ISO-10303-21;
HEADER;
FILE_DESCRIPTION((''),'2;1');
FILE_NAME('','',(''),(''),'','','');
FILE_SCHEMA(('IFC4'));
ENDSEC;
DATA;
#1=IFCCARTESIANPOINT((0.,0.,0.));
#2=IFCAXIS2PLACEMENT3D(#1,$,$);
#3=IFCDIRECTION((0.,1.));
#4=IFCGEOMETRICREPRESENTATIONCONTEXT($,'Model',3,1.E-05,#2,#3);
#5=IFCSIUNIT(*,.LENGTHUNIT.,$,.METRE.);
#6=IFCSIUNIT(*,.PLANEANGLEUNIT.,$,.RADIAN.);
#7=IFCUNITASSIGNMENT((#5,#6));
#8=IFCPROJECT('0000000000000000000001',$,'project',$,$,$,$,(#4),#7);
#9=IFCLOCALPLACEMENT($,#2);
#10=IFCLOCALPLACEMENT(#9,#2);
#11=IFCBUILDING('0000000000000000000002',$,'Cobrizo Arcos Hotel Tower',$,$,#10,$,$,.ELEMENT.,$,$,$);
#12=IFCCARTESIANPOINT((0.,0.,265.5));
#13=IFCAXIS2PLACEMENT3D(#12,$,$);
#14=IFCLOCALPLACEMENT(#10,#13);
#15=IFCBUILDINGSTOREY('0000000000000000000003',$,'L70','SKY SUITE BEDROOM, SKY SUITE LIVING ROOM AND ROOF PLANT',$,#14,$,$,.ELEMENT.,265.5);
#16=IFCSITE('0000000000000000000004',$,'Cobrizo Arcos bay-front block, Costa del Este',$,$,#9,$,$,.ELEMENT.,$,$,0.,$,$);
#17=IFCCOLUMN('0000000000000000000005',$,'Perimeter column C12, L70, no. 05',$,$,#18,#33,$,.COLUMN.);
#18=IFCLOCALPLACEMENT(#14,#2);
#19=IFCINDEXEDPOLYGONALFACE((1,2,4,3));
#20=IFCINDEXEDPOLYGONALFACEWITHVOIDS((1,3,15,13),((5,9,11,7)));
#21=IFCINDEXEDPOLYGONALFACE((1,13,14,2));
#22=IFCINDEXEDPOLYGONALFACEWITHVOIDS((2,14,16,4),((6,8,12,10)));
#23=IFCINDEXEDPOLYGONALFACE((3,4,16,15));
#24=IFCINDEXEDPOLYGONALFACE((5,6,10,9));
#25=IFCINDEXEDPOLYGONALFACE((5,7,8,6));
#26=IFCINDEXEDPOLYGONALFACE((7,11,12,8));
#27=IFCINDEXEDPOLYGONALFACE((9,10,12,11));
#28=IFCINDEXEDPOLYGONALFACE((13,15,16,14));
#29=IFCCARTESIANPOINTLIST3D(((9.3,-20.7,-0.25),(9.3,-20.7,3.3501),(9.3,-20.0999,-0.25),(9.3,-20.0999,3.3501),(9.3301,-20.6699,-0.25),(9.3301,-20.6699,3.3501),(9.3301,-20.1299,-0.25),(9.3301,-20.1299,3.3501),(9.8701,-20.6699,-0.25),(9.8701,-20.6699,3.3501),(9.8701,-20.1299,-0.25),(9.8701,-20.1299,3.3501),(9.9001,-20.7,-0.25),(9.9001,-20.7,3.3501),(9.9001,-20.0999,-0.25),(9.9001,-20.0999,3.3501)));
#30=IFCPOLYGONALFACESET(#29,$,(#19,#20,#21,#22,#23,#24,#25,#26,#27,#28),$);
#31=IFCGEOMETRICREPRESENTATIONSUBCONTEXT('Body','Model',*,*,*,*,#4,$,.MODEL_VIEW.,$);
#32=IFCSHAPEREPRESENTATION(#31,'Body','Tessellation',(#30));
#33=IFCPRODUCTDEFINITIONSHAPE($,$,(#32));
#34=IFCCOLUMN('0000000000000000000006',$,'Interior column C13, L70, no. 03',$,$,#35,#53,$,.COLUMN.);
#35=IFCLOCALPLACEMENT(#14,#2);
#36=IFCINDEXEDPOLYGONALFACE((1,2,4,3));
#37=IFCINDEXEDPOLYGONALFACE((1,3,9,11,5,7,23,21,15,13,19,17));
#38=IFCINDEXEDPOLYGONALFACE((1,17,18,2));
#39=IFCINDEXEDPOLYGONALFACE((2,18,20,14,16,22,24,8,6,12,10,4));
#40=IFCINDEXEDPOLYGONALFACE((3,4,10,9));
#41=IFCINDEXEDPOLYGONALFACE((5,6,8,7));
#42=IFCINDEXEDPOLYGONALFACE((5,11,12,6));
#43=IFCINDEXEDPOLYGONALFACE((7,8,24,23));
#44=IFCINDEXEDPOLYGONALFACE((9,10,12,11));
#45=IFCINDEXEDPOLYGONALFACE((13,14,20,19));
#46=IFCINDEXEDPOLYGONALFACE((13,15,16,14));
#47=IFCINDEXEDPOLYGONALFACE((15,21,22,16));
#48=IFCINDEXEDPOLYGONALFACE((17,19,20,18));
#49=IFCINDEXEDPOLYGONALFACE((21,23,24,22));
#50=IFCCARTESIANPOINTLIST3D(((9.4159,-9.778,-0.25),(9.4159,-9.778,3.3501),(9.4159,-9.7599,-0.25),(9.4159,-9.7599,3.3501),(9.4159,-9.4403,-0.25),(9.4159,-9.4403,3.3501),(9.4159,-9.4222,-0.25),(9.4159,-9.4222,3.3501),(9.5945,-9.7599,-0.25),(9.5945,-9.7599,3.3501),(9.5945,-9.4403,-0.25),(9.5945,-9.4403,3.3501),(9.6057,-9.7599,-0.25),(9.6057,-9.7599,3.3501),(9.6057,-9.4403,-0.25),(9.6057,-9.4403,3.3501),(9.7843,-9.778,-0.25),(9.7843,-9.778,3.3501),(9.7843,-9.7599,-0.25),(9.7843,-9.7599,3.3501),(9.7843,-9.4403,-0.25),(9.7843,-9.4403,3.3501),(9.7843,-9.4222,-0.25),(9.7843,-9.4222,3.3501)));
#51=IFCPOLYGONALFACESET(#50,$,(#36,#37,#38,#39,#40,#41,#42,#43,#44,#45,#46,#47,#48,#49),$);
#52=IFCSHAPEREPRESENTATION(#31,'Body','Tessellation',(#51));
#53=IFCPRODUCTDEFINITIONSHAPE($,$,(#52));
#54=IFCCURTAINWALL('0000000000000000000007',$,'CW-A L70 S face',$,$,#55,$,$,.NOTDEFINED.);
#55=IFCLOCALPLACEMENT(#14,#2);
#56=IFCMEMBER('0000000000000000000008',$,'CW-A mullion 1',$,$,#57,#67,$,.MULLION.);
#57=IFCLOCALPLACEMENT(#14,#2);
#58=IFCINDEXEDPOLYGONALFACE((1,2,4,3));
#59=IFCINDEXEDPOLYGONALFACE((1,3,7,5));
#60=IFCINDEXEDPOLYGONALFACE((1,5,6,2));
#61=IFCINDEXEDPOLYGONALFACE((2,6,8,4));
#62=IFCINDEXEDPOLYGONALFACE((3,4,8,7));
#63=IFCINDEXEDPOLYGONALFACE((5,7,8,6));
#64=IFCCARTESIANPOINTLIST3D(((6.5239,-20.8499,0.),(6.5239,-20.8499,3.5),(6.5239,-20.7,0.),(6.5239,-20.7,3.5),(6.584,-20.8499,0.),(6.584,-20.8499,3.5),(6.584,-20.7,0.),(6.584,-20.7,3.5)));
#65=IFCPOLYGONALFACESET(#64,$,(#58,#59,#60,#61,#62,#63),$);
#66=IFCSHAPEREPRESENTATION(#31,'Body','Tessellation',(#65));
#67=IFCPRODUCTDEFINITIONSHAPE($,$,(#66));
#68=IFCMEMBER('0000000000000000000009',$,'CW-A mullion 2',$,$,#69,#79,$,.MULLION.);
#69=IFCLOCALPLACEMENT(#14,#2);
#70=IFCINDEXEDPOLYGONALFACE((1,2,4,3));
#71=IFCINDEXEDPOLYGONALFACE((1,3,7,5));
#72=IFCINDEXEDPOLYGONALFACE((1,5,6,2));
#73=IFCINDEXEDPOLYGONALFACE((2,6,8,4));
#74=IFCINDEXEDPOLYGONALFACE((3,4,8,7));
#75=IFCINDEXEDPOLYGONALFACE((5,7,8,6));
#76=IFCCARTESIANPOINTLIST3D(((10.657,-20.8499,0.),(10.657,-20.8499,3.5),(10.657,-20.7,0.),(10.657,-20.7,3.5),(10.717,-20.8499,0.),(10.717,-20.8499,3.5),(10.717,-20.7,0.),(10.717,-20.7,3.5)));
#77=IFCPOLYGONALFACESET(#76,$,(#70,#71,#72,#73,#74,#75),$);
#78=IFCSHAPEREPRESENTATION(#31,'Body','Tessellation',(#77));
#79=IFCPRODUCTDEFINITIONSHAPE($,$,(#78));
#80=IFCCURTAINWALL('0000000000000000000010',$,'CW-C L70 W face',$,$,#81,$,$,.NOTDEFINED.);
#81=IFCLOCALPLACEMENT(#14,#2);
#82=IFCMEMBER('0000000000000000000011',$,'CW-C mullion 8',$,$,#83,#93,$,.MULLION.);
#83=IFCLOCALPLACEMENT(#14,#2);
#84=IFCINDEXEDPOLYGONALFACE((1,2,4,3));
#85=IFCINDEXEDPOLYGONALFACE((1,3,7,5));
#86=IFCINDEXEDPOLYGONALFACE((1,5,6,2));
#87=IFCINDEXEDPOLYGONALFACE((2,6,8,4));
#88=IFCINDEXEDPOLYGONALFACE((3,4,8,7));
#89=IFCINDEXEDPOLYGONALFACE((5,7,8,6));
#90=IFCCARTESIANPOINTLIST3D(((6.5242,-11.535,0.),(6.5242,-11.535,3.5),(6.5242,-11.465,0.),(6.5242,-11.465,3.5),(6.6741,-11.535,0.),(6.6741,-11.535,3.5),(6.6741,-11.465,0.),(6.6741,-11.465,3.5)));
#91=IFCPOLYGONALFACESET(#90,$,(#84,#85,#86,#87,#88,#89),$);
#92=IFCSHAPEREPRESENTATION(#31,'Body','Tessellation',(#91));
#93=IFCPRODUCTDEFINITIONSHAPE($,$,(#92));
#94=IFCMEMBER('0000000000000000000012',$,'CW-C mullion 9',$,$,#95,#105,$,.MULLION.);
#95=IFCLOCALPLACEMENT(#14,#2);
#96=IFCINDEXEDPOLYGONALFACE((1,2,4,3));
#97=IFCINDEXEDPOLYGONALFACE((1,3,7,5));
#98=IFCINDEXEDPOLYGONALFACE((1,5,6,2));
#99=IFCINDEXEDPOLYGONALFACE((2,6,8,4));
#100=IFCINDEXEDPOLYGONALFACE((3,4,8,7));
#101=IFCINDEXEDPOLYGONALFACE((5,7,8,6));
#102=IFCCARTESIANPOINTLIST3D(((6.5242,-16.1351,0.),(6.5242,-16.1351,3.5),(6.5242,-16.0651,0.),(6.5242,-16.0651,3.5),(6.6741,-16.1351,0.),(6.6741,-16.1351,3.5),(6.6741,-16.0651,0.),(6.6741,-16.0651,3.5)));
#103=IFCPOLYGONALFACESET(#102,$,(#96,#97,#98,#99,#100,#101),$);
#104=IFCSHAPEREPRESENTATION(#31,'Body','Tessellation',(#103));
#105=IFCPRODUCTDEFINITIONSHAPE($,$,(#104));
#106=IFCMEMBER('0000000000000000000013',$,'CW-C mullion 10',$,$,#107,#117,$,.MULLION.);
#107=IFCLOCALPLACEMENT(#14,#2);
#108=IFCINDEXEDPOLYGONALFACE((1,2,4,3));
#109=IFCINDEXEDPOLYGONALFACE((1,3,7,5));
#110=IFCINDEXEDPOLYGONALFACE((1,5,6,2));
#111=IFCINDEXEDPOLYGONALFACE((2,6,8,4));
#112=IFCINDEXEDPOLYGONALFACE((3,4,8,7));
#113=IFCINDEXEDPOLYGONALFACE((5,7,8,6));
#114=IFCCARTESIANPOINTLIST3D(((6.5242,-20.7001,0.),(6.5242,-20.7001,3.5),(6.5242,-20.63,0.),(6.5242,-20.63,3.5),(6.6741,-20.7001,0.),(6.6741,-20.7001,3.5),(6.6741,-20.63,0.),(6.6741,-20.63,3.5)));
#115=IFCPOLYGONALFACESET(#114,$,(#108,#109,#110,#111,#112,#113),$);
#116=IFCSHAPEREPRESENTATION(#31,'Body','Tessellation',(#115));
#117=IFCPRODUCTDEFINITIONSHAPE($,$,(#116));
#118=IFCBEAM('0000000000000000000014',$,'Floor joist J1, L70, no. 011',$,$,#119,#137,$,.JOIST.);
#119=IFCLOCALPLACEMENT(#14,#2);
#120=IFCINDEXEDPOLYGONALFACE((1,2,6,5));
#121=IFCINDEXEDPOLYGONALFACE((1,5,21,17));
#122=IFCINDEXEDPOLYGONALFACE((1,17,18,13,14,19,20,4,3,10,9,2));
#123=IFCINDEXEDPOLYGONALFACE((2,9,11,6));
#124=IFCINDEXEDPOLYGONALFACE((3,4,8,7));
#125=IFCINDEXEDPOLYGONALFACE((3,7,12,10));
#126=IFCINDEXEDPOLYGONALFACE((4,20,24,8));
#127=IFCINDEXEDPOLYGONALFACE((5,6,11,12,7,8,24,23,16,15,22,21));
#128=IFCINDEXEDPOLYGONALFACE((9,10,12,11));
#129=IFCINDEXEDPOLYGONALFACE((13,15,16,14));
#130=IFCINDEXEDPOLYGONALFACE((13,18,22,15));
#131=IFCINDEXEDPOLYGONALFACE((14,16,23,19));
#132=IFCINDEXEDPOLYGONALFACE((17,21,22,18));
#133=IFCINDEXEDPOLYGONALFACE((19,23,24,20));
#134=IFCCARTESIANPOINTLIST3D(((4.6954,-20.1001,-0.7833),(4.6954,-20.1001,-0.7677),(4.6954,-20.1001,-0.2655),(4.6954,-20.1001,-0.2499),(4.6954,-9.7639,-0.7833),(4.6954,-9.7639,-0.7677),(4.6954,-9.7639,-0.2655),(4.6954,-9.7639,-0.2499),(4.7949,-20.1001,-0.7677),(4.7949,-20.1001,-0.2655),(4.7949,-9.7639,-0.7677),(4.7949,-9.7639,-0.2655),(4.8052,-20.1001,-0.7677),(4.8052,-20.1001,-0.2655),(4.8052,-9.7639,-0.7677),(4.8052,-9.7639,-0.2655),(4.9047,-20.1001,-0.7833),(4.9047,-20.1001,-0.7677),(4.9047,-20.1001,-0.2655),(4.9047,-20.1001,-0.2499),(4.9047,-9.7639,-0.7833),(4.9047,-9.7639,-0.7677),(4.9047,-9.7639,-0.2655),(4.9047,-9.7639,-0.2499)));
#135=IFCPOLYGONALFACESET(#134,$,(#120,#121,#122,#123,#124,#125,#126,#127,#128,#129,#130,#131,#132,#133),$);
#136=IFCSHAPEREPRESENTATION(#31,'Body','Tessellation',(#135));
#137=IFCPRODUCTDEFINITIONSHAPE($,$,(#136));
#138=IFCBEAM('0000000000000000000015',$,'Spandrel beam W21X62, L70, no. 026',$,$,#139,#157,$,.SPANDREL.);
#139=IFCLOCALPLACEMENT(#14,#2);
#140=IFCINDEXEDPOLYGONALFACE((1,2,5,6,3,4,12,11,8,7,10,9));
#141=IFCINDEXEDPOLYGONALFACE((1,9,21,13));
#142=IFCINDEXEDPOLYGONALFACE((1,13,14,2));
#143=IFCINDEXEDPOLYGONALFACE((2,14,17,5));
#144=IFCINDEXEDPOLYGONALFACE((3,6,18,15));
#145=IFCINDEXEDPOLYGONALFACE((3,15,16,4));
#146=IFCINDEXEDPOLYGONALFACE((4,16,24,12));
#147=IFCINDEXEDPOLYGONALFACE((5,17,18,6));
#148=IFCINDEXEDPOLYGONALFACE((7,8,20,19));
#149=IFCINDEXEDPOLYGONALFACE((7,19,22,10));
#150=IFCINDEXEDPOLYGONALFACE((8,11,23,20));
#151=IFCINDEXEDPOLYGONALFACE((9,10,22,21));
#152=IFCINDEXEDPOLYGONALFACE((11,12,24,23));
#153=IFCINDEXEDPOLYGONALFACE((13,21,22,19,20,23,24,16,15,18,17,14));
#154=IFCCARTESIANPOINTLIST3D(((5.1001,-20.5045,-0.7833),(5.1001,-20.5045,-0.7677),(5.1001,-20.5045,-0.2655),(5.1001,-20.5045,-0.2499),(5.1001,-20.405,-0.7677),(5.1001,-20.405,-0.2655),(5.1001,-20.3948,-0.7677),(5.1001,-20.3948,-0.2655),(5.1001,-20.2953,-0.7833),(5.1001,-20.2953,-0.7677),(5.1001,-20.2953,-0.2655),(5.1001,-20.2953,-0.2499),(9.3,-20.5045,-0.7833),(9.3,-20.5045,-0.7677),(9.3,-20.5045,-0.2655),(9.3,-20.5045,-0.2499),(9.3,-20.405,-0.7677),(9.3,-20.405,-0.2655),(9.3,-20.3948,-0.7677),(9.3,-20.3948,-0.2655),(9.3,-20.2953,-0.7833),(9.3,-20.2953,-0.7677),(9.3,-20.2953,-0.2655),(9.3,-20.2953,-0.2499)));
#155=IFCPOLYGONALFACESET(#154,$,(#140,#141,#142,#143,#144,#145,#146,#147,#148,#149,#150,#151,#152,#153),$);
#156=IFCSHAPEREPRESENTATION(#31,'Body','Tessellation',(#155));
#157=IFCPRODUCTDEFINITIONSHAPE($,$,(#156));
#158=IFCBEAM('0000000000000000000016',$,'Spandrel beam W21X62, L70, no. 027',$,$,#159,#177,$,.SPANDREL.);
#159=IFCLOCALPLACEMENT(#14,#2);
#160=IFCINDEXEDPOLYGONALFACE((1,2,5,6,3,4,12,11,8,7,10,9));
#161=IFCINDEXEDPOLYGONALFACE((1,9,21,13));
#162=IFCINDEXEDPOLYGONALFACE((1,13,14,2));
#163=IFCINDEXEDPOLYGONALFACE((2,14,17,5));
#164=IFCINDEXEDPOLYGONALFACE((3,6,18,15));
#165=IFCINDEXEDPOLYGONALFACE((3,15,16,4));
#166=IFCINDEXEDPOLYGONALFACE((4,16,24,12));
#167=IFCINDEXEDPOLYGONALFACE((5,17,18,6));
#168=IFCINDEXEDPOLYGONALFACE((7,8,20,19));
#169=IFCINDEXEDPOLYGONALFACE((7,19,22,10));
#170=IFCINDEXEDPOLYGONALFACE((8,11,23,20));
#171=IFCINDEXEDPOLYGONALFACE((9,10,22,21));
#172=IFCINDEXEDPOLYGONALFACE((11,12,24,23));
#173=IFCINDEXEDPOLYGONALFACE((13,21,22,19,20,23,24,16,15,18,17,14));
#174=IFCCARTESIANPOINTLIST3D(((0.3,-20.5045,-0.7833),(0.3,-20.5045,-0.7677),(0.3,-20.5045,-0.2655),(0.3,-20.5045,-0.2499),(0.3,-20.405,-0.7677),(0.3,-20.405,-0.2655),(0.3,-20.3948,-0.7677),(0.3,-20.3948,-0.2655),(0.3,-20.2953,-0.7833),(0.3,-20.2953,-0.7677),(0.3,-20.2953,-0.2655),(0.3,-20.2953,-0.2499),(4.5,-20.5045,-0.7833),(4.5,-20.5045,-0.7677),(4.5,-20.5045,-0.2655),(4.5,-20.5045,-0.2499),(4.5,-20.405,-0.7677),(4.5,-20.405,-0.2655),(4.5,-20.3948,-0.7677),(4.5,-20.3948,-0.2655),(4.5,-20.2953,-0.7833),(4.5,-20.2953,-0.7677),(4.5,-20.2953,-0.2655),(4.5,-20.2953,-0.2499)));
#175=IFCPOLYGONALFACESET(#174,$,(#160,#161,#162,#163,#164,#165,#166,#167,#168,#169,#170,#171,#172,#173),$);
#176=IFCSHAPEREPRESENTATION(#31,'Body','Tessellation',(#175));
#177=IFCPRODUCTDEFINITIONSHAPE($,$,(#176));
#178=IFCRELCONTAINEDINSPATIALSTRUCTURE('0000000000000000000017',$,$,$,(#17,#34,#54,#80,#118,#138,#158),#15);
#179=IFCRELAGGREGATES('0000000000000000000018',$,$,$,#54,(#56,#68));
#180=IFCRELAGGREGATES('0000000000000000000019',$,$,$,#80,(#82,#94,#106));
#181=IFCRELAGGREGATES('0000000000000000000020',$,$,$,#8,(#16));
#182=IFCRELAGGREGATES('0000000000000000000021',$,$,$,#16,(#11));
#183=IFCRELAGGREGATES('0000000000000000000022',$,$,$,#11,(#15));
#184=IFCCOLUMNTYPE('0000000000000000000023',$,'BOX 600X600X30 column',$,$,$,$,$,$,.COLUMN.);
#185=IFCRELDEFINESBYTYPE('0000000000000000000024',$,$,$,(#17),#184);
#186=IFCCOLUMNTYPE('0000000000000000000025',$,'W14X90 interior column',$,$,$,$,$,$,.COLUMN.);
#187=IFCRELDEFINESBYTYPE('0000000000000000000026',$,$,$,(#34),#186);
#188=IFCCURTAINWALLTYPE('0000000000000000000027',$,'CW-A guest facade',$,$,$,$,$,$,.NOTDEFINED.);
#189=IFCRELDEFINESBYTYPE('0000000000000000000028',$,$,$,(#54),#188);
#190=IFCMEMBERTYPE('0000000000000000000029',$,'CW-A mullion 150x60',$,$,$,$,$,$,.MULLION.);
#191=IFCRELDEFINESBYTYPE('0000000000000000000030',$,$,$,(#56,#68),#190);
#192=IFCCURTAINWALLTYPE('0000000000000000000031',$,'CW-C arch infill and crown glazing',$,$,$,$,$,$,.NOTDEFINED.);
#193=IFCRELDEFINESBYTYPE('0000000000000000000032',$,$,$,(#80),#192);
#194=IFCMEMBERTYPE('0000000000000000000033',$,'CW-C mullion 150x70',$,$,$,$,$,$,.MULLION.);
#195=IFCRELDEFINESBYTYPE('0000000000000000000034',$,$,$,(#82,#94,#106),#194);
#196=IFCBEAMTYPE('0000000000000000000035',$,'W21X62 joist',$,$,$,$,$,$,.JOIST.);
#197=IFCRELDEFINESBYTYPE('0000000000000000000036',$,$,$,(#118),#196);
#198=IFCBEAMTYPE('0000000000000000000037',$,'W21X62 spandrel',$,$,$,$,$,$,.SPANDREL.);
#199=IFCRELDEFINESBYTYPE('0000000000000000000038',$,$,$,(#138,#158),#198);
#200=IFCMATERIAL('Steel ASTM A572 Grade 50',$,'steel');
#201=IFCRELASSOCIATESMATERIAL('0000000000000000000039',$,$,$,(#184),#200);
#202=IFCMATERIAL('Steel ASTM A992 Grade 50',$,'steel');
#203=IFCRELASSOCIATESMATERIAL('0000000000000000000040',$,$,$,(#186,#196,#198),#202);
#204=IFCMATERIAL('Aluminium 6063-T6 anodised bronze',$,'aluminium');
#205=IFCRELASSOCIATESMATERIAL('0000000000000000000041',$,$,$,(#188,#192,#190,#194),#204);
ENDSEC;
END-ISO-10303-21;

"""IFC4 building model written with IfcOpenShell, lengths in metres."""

from ifc_helpers import new_model, si_unit, direction, frame, origin, origin_2d, place, context, subcontext, project, spatial, rectangle, hollow_rectangle, i_section, extrude, material, material_profile, profile_set, type_object, element, aggregate, save


model = new_model("IFC4")

# Units and contexts
model_context = context("Model", 3, precision=1e-05, world=origin(), true_north=direction((0.0, 1.0)))
body_context = subcontext(model_context, "Body", "Model", "MODEL_VIEW")
ifc_project = project(units=[si_unit("LENGTHUNIT", "METRE"), si_unit("PLANEANGLEUNIT", "RADIAN")], contexts=[model_context])

# Site, building, storey
site_placement = place(None, origin())
site = spatial("IfcSite", under=ifc_project, at=site_placement, Name="Cobrizo Arcos bay-front block, Costa del Este", CompositionType="ELEMENT", RefElevation=0.0)
building_placement = place(site_placement, origin())
building = spatial("IfcBuilding", under=site, at=building_placement, Name="Cobrizo Arcos Hotel Tower", CompositionType="ELEMENT")
storey_placement = place(building_placement, frame((0.0, 0.0, 265.5)))
storey = spatial("IfcBuildingStorey", under=building, at=storey_placement, Name="L70", Description="SKY SUITE BEDROOM, SKY SUITE LIVING ROOM AND ROOF PLANT", CompositionType="ELEMENT", Elevation=265.5)

# Columns
ifc_material_1 = material(Name="Steel ASTM A572 Grade 50", Category="steel")
ifc_material_profile_1 = material_profile(ifc_material_1, hollow_rectangle(XDim=0.6001, YDim=0.6001, WallThickness=0.03, at=origin_2d()), Name="BOX 600X600X30")
ifc_profile_set_1 = profile_set([ifc_material_profile_1], Name="Steel ASTM A572 Grade 50")
column_type_1 = type_object("IfcColumnType", Name="BOX 600X600X30 column", PredefinedType="COLUMN", material=ifc_profile_set_1)
column_1_placement = place(storey_placement, frame((9.6001, -20.3999, -0.25), z_axis=(0.0, 0.0, 1.0), x_axis=(1.0, 0.0, 0.0)))
element("IfcColumn", 1, at=column_1_placement, inside=storey, type_object=column_type_1, Name="Perimeter column C12, L70, no. 05", PredefinedType="COLUMN", context=body_context, shape_type="SweptSolid", body=[
    extrude(hollow_rectangle(XDim=0.6001, YDim=0.6001, WallThickness=0.03, at=origin_2d()), origin(), (0.0, 0.0, 1.0), 3.6001),
])
ifc_material_2 = material(Name="Steel ASTM A992 Grade 50", Category="steel")
ifc_material_profile_2 = material_profile(ifc_material_2, i_section(OverallWidth=0.3684, OverallDepth=0.3557, WebThickness=0.0112, FlangeThickness=0.0181, at=origin_2d()), Name="W14X90")
ifc_profile_set_2 = profile_set([ifc_material_profile_2], Name="Steel ASTM A992 Grade 50")
column_type_2 = type_object("IfcColumnType", Name="W14X90 interior column", PredefinedType="COLUMN", material=ifc_profile_set_2)
column_2_placement = place(storey_placement, frame((9.6001, -9.6001, -0.25), z_axis=(0.0, 0.0, 1.0), x_axis=(1.0, 0.0, 0.0)))
element("IfcColumn", 2, at=column_2_placement, inside=storey, type_object=column_type_2, Name="Interior column C13, L70, no. 03", PredefinedType="COLUMN", context=body_context, shape_type="SweptSolid", body=[
    extrude(i_section(OverallWidth=0.3684, OverallDepth=0.3557, WebThickness=0.0112, FlangeThickness=0.0181, at=origin_2d()), origin(), (0.0, 0.0, 1.0), 3.6001),
])

# Curtain walls, members
ifc_material_3 = material(Name="Aluminium 6063-T6 anodised bronze", Category="aluminium")
curtain_wall_type_1 = type_object("IfcCurtainWallType", Name="CW-A guest facade", PredefinedType="NOTDEFINED", material=ifc_material_3)
curtain_wall_1_placement = place(storey_placement, origin())
curtain_wall_1 = element("IfcCurtainWall", 3, at=curtain_wall_1_placement, inside=storey, type_object=curtain_wall_type_1, Name="CW-A L70 S face", PredefinedType="NOTDEFINED")
ifc_material_profile_3 = material_profile(ifc_material_3, rectangle(XDim=0.1499, YDim=0.0601, at=origin_2d()), Name="CW-A mullion 150x60")
ifc_profile_set_3 = profile_set([ifc_material_profile_3], Name="Aluminium 6063-T6 anodised bronze")
member_type_1 = type_object("IfcMemberType", Name="CW-A mullion 150x60", PredefinedType="MULLION", material=ifc_profile_set_3)
member_1_placement = place(storey_placement, frame((6.554, -20.7749, 0.0), z_axis=(0.0, 0.0, 1.0), x_axis=(0.0, -1.0, 0.0)))
member_1 = element("IfcMember", 4, at=member_1_placement, type_object=member_type_1, Name="CW-A mullion 1", PredefinedType="MULLION", context=body_context, shape_type="SweptSolid", body=[
    extrude(rectangle(XDim=0.1499, YDim=0.0601, at=origin_2d()), origin(), (0.0, 0.0, 1.0), 3.5),
])
member_2_placement = place(storey_placement, frame((10.687, -20.7749, 0.0), z_axis=(0.0, 0.0, 1.0), x_axis=(0.0, -1.0, 0.0)))
member_2 = element("IfcMember", 5, at=member_2_placement, type_object=member_type_1, Name="CW-A mullion 2", PredefinedType="MULLION", context=body_context, shape_type="SweptSolid", body=[
    extrude(rectangle(XDim=0.1499, YDim=0.0601, at=origin_2d()), origin(), (0.0, 0.0, 1.0), 3.5),
])
curtain_wall_type_2 = type_object("IfcCurtainWallType", Name="CW-C arch infill and crown glazing", PredefinedType="NOTDEFINED", material=ifc_material_3)
curtain_wall_2_placement = place(storey_placement, origin())
curtain_wall_2 = element("IfcCurtainWall", 6, at=curtain_wall_2_placement, inside=storey, type_object=curtain_wall_type_2, Name="CW-C L70 W face", PredefinedType="NOTDEFINED")
ifc_material_profile_4 = material_profile(ifc_material_3, rectangle(XDim=0.1499, YDim=0.0701, at=origin_2d()), Name="CW-C mullion 150x70")
ifc_profile_set_4 = profile_set([ifc_material_profile_4], Name="Aluminium 6063-T6 anodised bronze")
member_type_2 = type_object("IfcMemberType", Name="CW-C mullion 150x70", PredefinedType="MULLION", material=ifc_profile_set_4)
member_3_placement = place(storey_placement, frame((6.5991, -11.5, 0.0), z_axis=(0.0, 0.0, 1.0), x_axis=(-1.0, 0.0, 0.0)))
member_3 = element("IfcMember", 7, at=member_3_placement, type_object=member_type_2, Name="CW-C mullion 8", PredefinedType="MULLION", context=body_context, shape_type="SweptSolid", body=[
    extrude(rectangle(XDim=0.1499, YDim=0.0701, at=origin_2d()), origin(), (0.0, 0.0, 1.0), 3.5),
])
member_4_placement = place(storey_placement, frame((6.5991, -16.1001, 0.0), z_axis=(0.0, 0.0, 1.0), x_axis=(-1.0, 0.0, 0.0)))
member_4 = element("IfcMember", 8, at=member_4_placement, type_object=member_type_2, Name="CW-C mullion 9", PredefinedType="MULLION", context=body_context, shape_type="SweptSolid", body=[
    extrude(rectangle(XDim=0.1499, YDim=0.0701, at=origin_2d()), origin(), (0.0, 0.0, 1.0), 3.5),
])
member_5_placement = place(storey_placement, frame((6.5991, -20.665, 0.0), z_axis=(0.0, 0.0, 1.0), x_axis=(-1.0, 0.0, 0.0)))
member_5 = element("IfcMember", 9, at=member_5_placement, type_object=member_type_2, Name="CW-C mullion 10", PredefinedType="MULLION", context=body_context, shape_type="SweptSolid", body=[
    extrude(rectangle(XDim=0.1499, YDim=0.0701, at=origin_2d()), origin(), (0.0, 0.0, 1.0), 3.5),
])

# Beams
ifc_material_profile_5 = material_profile(ifc_material_2, i_section(OverallWidth=0.2092, OverallDepth=0.5334, WebThickness=0.0103, FlangeThickness=0.0156, at=origin_2d()), Name="W21X62")
ifc_profile_set_5 = profile_set([ifc_material_profile_5], Name="Steel ASTM A992 Grade 50")
beam_type_1 = type_object("IfcBeamType", Name="W21X62 joist", PredefinedType="JOIST", material=ifc_profile_set_5)
beam_1_placement = place(storey_placement, frame((4.8, -20.1001, -0.5166), z_axis=(0.0, 1.0, 0.0), x_axis=(-1.0, 0.0, 0.0)))
element("IfcBeam", 10, at=beam_1_placement, inside=storey, type_object=beam_type_1, Name="Floor joist J1, L70, no. 011", PredefinedType="JOIST", context=body_context, shape_type="SweptSolid", body=[
    extrude(i_section(OverallWidth=0.2092, OverallDepth=0.5334, WebThickness=0.0103, FlangeThickness=0.0156, at=origin_2d()), origin(), (0.0, 0.0, 1.0), 10.3362),
])
ifc_material_profile_6 = material_profile(ifc_material_2, i_section(OverallWidth=0.2092, OverallDepth=0.5334, WebThickness=0.0103, FlangeThickness=0.0156, at=origin_2d()), Name="W21X62")
ifc_profile_set_6 = profile_set([ifc_material_profile_6], Name="Steel ASTM A992 Grade 50")
beam_type_2 = type_object("IfcBeamType", Name="W21X62 spandrel", PredefinedType="SPANDREL", material=ifc_profile_set_6)
for number, where, z_axis, x_axis, name in (
    (11, (9.3, -20.3999, -0.5166), (-1.0, 0.0, 0.0), (0.0, -1.0, 0.0), "Spandrel beam W21X62, L70, no. 026"),
    (12, (4.5, -20.3999, -0.5166), (-1.0, 0.0, 0.0), (0.0, -1.0, 0.0), "Spandrel beam W21X62, L70, no. 027"),
):
    element("IfcBeam", number, at=place(storey_placement, frame(where, z_axis=z_axis, x_axis=x_axis)), inside=storey, type_object=beam_type_2, Name=name, PredefinedType="SPANDREL", context=body_context, shape_type="SweptSolid", body=[
        extrude(i_section(OverallWidth=0.2092, OverallDepth=0.5334, WebThickness=0.0103, FlangeThickness=0.0156, at=origin_2d()), origin(), (0.0, 0.0, 1.0), 4.2),
    ])

aggregate(curtain_wall_1, [member_1, member_2])
aggregate(curtain_wall_2, [member_3, member_4, member_5])

save(model, "model.ifc")
